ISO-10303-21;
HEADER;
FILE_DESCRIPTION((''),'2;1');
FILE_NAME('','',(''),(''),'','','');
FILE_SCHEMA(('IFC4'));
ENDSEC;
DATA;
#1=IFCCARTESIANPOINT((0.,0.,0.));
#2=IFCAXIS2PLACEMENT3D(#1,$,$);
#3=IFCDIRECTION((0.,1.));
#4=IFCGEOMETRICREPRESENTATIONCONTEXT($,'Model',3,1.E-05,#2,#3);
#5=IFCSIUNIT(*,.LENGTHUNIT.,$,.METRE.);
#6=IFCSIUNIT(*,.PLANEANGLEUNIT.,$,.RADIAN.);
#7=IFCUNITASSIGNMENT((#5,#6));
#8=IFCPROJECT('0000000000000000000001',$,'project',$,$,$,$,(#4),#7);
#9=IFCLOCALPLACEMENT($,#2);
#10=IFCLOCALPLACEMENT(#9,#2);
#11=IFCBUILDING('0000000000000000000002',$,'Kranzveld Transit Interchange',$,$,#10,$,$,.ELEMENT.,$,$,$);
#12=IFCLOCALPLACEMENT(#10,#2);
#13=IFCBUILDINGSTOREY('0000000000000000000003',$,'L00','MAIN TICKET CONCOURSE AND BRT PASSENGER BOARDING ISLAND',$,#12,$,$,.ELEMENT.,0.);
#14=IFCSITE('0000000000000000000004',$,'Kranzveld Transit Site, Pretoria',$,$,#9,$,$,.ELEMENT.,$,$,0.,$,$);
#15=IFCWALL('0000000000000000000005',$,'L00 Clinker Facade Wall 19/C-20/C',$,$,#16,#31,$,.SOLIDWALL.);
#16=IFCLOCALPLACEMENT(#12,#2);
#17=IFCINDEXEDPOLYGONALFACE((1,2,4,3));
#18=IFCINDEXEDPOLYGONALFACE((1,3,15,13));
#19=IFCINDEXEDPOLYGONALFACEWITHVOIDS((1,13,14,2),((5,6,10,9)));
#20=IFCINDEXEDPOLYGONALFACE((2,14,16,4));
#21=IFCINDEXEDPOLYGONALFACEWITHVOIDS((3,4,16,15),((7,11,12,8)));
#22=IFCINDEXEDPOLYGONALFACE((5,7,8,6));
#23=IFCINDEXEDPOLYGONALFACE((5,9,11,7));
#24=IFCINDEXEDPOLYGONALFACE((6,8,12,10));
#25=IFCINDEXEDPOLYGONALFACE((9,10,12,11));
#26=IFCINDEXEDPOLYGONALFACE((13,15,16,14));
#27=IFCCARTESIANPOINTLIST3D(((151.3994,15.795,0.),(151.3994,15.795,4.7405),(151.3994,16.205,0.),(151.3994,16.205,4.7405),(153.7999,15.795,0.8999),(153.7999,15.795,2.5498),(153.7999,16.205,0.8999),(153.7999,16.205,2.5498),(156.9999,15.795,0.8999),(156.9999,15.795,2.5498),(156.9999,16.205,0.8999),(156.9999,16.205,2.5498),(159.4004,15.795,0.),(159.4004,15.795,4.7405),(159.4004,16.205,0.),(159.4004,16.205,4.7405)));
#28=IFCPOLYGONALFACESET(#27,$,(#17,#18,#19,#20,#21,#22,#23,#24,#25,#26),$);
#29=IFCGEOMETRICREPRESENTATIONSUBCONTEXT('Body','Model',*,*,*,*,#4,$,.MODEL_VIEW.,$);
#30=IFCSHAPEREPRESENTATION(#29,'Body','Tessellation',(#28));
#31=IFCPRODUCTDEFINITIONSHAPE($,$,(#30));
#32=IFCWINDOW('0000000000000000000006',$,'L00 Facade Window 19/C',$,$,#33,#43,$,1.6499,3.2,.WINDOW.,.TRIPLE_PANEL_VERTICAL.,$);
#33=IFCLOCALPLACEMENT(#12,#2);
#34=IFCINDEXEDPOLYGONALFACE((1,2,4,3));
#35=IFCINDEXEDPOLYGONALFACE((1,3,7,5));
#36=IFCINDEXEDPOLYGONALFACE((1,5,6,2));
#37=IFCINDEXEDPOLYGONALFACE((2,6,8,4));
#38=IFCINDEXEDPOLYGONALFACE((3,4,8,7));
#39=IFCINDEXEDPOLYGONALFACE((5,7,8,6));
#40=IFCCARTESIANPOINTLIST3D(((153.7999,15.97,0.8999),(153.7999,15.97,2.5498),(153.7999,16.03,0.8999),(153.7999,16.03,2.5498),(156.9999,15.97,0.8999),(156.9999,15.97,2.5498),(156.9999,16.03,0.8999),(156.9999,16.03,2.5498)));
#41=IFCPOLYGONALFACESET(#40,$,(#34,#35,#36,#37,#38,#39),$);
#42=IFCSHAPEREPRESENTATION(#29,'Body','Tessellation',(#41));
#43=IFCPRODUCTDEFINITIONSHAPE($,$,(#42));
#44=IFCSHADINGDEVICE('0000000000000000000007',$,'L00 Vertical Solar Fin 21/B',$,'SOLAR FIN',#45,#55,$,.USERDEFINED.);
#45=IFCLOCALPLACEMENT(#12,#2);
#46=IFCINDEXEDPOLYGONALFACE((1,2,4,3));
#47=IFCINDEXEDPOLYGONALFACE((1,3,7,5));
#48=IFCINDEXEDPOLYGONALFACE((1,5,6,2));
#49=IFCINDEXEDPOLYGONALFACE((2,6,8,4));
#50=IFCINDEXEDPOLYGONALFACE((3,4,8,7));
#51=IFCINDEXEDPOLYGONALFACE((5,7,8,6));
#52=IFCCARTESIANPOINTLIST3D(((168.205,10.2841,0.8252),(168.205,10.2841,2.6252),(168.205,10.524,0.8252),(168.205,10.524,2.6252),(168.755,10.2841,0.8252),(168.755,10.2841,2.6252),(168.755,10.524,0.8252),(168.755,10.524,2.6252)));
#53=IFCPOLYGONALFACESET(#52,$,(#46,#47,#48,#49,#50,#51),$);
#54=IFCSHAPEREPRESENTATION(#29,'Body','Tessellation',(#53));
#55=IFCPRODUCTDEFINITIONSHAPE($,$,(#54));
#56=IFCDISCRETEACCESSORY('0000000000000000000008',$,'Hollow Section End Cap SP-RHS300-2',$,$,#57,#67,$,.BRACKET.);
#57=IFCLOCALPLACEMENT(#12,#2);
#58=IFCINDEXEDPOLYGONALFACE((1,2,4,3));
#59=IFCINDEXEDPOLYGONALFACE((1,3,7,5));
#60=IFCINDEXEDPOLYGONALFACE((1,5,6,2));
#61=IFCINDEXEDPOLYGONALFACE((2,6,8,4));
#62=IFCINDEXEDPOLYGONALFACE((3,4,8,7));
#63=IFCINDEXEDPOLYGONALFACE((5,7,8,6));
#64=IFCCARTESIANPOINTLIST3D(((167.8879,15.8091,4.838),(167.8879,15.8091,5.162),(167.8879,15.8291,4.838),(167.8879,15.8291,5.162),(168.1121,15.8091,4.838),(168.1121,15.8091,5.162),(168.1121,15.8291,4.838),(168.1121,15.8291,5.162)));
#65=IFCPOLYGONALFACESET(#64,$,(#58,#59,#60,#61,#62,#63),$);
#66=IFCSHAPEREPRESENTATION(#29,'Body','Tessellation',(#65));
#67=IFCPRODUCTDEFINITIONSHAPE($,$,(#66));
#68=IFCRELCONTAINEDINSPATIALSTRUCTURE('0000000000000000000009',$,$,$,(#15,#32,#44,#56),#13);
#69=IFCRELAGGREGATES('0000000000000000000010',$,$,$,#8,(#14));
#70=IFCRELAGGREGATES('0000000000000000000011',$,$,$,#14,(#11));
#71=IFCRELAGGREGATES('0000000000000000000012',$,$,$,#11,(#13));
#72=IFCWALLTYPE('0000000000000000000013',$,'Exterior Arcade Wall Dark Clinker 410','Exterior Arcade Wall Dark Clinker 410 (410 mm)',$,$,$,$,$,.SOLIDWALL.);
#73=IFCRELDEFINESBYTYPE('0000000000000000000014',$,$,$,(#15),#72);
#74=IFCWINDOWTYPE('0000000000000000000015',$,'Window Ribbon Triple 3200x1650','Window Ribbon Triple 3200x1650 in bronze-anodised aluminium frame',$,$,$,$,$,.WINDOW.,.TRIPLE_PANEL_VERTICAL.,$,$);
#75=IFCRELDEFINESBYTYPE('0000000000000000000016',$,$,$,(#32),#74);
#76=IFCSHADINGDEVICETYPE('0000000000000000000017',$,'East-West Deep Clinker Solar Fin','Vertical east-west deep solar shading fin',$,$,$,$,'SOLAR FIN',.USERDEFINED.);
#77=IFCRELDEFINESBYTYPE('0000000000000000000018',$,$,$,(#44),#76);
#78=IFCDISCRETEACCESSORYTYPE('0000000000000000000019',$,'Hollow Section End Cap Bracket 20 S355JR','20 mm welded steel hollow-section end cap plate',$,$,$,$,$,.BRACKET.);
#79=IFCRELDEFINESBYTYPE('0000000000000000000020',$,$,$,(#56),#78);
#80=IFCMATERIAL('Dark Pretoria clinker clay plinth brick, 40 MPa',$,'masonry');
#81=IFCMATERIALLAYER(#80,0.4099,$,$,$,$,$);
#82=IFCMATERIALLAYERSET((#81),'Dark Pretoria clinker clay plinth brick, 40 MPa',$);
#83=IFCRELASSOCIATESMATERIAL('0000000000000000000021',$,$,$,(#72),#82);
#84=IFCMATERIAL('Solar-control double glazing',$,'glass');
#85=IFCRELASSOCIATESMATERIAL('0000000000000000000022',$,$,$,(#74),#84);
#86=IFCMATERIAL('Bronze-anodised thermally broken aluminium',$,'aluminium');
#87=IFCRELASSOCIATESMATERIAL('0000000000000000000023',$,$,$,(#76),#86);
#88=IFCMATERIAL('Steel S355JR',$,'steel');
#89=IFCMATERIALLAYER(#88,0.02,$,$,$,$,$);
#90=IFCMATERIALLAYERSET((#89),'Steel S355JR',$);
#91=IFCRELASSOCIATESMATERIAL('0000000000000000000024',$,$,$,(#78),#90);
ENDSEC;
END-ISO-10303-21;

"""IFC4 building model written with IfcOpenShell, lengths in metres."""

from ifc_helpers import new_model, si_unit, direction, frame, frame_2d, origin, origin_2d, place, context, subcontext, project, spatial, rectangle, extrude, material, layer, layer_set, type_object, element, fill, save


model = new_model("IFC4")

# Units and contexts
model_context = context("Model", 3, precision=1e-05, world=origin(), true_north=direction((0.0, 1.0)))
body_context = subcontext(model_context, "Body", "Model", "MODEL_VIEW")
ifc_project = project(units=[si_unit("LENGTHUNIT", "METRE"), si_unit("PLANEANGLEUNIT", "RADIAN")], contexts=[model_context])

# Site, building, storey
site_placement = place(None, origin())
site = spatial("IfcSite", under=ifc_project, at=site_placement, Name="Kranzveld Transit Site, Pretoria", CompositionType="ELEMENT", RefElevation=0.0)
building_placement = place(site_placement, origin())
building = spatial("IfcBuilding", under=site, at=building_placement, Name="Kranzveld Transit Interchange", CompositionType="ELEMENT")
storey_placement = place(building_placement, origin())
storey = spatial("IfcBuildingStorey", under=building, at=storey_placement, Name="L00", Description="MAIN TICKET CONCOURSE AND BRT PASSENGER BOARDING ISLAND", CompositionType="ELEMENT", Elevation=0.0)

# Wall, opening, window
ifc_material_1 = material(Name="Dark Pretoria clinker clay plinth brick, 40 MPa", Category="masonry")
ifc_layer_1 = layer(ifc_material_1, 0.4099)
ifc_layer_set_1 = layer_set([ifc_layer_1], Name="Dark Pretoria clinker clay plinth brick, 40 MPa")
wall_type = type_object("IfcWallType", Name="Exterior Arcade Wall Dark Clinker 410", Description="Exterior Arcade Wall Dark Clinker 410 (410 mm)", PredefinedType="SOLIDWALL", material=ifc_layer_set_1)
wall_placement = place(storey_placement, frame((151.3994, 16.0, 0.0), z_axis=(0.0, 0.0, 1.0), x_axis=(1.0, 0.0, 0.0)))
wall = element("IfcWall", 1, at=wall_placement, inside=storey, type_object=wall_type, Name="L00 Clinker Facade Wall 19/C-20/C", PredefinedType="SOLIDWALL", context=body_context, shape_type="SweptSolid", body=[
    extrude(rectangle(XDim=8.001, YDim=0.4099, at=frame_2d((4.0005, 0.0))), origin(), (0.0, 0.0, 1.0), 4.7405),
])
opening_placement = place(wall_placement, frame((2.4004, 0.0, 0.8999), z_axis=(0.0, 0.0, 1.0), x_axis=(1.0, 0.0, 0.0)))
opening = element("IfcOpeningElement", 2, at=opening_placement, cuts=wall, PredefinedType="OPENING", context=body_context, shape_type="SweptSolid", body=[
    extrude(rectangle(XDim=3.2, YDim=1.6499, at=frame_2d((1.6001, 0.825))), frame((0.0, 0.2148, 0.0), z_axis=(0.0, -1.0, 0.0), x_axis=(1.0, 0.0, 0.0)), (0.0, 0.0, 1.0), 0.4299),
])
ifc_material_2 = material(Name="Solar-control double glazing", Category="glass")
window_type = type_object("IfcWindowType", Name="Window Ribbon Triple 3200x1650", Description="Window Ribbon Triple 3200x1650 in bronze-anodised aluminium frame", PartitioningType="TRIPLE_PANEL_VERTICAL", PredefinedType="WINDOW", material=ifc_material_2)
window_placement = place(opening_placement, origin())
window = element("IfcWindow", 3, at=window_placement, inside=storey, type_object=window_type, Name="L00 Facade Window 19/C", OverallHeight=1.6499, OverallWidth=3.2, PartitioningType="TRIPLE_PANEL_VERTICAL", PredefinedType="WINDOW", context=body_context, shape_type="SweptSolid", body=[
    extrude(rectangle(XDim=3.2, YDim=1.6499, at=frame_2d((1.6001, 0.825))), frame((0.0, 0.03, 0.0), z_axis=(0.0, -1.0, 0.0), x_axis=(1.0, 0.0, 0.0)), (0.0, 0.0, 1.0), 0.0601),
])
fill(opening, window)

# Shading device
ifc_material_3 = material(Name="Bronze-anodised thermally broken aluminium", Category="aluminium")
shading_device_type = type_object("IfcShadingDeviceType", Name="East-West Deep Clinker Solar Fin", Description="Vertical east-west deep solar shading fin", ElementType="SOLAR FIN", PredefinedType="USERDEFINED", material=ifc_material_3)
shading_device_placement = place(storey_placement, frame((168.48, 10.4041, 0.8252), z_axis=(0.0, 0.0, 1.0), x_axis=(0.0, 1.0, 0.0)))
element("IfcShadingDevice", 4, at=shading_device_placement, inside=storey, type_object=shading_device_type, Name="L00 Vertical Solar Fin 21/B", ObjectType="SOLAR FIN", PredefinedType="USERDEFINED", context=body_context, shape_type="SweptSolid", body=[
    extrude(rectangle(XDim=0.24, YDim=0.55, at=origin_2d()), origin(), (0.0, 0.0, 1.0), 1.8),
])

# Discrete accessory
ifc_material_4 = material(Name="Steel S355JR", Category="steel")
ifc_layer_2 = layer(ifc_material_4, 0.02)
ifc_layer_set_2 = layer_set([ifc_layer_2], Name="Steel S355JR")
discrete_accessory_type = type_object("IfcDiscreteAccessoryType", Name="Hollow Section End Cap Bracket 20 S355JR", Description="20 mm welded steel hollow-section end cap plate", PredefinedType="BRACKET", material=ifc_layer_set_2)
discrete_accessory_placement = place(storey_placement, frame((168.0, 15.8091, 5.0), z_axis=(0.0, 1.0, 0.0), x_axis=(-1.0, 0.0, 0.0)))
element("IfcDiscreteAccessory", 5, at=discrete_accessory_placement, inside=storey, type_object=discrete_accessory_type, Name="Hollow Section End Cap SP-RHS300-2", PredefinedType="BRACKET", context=body_context, shape_type="SweptSolid", body=[
    extrude(rectangle(XDim=0.2241, YDim=0.324, at=origin_2d()), origin(), (0.0, 0.0, 1.0), 0.02),
])

save(model, "model.ifc")
